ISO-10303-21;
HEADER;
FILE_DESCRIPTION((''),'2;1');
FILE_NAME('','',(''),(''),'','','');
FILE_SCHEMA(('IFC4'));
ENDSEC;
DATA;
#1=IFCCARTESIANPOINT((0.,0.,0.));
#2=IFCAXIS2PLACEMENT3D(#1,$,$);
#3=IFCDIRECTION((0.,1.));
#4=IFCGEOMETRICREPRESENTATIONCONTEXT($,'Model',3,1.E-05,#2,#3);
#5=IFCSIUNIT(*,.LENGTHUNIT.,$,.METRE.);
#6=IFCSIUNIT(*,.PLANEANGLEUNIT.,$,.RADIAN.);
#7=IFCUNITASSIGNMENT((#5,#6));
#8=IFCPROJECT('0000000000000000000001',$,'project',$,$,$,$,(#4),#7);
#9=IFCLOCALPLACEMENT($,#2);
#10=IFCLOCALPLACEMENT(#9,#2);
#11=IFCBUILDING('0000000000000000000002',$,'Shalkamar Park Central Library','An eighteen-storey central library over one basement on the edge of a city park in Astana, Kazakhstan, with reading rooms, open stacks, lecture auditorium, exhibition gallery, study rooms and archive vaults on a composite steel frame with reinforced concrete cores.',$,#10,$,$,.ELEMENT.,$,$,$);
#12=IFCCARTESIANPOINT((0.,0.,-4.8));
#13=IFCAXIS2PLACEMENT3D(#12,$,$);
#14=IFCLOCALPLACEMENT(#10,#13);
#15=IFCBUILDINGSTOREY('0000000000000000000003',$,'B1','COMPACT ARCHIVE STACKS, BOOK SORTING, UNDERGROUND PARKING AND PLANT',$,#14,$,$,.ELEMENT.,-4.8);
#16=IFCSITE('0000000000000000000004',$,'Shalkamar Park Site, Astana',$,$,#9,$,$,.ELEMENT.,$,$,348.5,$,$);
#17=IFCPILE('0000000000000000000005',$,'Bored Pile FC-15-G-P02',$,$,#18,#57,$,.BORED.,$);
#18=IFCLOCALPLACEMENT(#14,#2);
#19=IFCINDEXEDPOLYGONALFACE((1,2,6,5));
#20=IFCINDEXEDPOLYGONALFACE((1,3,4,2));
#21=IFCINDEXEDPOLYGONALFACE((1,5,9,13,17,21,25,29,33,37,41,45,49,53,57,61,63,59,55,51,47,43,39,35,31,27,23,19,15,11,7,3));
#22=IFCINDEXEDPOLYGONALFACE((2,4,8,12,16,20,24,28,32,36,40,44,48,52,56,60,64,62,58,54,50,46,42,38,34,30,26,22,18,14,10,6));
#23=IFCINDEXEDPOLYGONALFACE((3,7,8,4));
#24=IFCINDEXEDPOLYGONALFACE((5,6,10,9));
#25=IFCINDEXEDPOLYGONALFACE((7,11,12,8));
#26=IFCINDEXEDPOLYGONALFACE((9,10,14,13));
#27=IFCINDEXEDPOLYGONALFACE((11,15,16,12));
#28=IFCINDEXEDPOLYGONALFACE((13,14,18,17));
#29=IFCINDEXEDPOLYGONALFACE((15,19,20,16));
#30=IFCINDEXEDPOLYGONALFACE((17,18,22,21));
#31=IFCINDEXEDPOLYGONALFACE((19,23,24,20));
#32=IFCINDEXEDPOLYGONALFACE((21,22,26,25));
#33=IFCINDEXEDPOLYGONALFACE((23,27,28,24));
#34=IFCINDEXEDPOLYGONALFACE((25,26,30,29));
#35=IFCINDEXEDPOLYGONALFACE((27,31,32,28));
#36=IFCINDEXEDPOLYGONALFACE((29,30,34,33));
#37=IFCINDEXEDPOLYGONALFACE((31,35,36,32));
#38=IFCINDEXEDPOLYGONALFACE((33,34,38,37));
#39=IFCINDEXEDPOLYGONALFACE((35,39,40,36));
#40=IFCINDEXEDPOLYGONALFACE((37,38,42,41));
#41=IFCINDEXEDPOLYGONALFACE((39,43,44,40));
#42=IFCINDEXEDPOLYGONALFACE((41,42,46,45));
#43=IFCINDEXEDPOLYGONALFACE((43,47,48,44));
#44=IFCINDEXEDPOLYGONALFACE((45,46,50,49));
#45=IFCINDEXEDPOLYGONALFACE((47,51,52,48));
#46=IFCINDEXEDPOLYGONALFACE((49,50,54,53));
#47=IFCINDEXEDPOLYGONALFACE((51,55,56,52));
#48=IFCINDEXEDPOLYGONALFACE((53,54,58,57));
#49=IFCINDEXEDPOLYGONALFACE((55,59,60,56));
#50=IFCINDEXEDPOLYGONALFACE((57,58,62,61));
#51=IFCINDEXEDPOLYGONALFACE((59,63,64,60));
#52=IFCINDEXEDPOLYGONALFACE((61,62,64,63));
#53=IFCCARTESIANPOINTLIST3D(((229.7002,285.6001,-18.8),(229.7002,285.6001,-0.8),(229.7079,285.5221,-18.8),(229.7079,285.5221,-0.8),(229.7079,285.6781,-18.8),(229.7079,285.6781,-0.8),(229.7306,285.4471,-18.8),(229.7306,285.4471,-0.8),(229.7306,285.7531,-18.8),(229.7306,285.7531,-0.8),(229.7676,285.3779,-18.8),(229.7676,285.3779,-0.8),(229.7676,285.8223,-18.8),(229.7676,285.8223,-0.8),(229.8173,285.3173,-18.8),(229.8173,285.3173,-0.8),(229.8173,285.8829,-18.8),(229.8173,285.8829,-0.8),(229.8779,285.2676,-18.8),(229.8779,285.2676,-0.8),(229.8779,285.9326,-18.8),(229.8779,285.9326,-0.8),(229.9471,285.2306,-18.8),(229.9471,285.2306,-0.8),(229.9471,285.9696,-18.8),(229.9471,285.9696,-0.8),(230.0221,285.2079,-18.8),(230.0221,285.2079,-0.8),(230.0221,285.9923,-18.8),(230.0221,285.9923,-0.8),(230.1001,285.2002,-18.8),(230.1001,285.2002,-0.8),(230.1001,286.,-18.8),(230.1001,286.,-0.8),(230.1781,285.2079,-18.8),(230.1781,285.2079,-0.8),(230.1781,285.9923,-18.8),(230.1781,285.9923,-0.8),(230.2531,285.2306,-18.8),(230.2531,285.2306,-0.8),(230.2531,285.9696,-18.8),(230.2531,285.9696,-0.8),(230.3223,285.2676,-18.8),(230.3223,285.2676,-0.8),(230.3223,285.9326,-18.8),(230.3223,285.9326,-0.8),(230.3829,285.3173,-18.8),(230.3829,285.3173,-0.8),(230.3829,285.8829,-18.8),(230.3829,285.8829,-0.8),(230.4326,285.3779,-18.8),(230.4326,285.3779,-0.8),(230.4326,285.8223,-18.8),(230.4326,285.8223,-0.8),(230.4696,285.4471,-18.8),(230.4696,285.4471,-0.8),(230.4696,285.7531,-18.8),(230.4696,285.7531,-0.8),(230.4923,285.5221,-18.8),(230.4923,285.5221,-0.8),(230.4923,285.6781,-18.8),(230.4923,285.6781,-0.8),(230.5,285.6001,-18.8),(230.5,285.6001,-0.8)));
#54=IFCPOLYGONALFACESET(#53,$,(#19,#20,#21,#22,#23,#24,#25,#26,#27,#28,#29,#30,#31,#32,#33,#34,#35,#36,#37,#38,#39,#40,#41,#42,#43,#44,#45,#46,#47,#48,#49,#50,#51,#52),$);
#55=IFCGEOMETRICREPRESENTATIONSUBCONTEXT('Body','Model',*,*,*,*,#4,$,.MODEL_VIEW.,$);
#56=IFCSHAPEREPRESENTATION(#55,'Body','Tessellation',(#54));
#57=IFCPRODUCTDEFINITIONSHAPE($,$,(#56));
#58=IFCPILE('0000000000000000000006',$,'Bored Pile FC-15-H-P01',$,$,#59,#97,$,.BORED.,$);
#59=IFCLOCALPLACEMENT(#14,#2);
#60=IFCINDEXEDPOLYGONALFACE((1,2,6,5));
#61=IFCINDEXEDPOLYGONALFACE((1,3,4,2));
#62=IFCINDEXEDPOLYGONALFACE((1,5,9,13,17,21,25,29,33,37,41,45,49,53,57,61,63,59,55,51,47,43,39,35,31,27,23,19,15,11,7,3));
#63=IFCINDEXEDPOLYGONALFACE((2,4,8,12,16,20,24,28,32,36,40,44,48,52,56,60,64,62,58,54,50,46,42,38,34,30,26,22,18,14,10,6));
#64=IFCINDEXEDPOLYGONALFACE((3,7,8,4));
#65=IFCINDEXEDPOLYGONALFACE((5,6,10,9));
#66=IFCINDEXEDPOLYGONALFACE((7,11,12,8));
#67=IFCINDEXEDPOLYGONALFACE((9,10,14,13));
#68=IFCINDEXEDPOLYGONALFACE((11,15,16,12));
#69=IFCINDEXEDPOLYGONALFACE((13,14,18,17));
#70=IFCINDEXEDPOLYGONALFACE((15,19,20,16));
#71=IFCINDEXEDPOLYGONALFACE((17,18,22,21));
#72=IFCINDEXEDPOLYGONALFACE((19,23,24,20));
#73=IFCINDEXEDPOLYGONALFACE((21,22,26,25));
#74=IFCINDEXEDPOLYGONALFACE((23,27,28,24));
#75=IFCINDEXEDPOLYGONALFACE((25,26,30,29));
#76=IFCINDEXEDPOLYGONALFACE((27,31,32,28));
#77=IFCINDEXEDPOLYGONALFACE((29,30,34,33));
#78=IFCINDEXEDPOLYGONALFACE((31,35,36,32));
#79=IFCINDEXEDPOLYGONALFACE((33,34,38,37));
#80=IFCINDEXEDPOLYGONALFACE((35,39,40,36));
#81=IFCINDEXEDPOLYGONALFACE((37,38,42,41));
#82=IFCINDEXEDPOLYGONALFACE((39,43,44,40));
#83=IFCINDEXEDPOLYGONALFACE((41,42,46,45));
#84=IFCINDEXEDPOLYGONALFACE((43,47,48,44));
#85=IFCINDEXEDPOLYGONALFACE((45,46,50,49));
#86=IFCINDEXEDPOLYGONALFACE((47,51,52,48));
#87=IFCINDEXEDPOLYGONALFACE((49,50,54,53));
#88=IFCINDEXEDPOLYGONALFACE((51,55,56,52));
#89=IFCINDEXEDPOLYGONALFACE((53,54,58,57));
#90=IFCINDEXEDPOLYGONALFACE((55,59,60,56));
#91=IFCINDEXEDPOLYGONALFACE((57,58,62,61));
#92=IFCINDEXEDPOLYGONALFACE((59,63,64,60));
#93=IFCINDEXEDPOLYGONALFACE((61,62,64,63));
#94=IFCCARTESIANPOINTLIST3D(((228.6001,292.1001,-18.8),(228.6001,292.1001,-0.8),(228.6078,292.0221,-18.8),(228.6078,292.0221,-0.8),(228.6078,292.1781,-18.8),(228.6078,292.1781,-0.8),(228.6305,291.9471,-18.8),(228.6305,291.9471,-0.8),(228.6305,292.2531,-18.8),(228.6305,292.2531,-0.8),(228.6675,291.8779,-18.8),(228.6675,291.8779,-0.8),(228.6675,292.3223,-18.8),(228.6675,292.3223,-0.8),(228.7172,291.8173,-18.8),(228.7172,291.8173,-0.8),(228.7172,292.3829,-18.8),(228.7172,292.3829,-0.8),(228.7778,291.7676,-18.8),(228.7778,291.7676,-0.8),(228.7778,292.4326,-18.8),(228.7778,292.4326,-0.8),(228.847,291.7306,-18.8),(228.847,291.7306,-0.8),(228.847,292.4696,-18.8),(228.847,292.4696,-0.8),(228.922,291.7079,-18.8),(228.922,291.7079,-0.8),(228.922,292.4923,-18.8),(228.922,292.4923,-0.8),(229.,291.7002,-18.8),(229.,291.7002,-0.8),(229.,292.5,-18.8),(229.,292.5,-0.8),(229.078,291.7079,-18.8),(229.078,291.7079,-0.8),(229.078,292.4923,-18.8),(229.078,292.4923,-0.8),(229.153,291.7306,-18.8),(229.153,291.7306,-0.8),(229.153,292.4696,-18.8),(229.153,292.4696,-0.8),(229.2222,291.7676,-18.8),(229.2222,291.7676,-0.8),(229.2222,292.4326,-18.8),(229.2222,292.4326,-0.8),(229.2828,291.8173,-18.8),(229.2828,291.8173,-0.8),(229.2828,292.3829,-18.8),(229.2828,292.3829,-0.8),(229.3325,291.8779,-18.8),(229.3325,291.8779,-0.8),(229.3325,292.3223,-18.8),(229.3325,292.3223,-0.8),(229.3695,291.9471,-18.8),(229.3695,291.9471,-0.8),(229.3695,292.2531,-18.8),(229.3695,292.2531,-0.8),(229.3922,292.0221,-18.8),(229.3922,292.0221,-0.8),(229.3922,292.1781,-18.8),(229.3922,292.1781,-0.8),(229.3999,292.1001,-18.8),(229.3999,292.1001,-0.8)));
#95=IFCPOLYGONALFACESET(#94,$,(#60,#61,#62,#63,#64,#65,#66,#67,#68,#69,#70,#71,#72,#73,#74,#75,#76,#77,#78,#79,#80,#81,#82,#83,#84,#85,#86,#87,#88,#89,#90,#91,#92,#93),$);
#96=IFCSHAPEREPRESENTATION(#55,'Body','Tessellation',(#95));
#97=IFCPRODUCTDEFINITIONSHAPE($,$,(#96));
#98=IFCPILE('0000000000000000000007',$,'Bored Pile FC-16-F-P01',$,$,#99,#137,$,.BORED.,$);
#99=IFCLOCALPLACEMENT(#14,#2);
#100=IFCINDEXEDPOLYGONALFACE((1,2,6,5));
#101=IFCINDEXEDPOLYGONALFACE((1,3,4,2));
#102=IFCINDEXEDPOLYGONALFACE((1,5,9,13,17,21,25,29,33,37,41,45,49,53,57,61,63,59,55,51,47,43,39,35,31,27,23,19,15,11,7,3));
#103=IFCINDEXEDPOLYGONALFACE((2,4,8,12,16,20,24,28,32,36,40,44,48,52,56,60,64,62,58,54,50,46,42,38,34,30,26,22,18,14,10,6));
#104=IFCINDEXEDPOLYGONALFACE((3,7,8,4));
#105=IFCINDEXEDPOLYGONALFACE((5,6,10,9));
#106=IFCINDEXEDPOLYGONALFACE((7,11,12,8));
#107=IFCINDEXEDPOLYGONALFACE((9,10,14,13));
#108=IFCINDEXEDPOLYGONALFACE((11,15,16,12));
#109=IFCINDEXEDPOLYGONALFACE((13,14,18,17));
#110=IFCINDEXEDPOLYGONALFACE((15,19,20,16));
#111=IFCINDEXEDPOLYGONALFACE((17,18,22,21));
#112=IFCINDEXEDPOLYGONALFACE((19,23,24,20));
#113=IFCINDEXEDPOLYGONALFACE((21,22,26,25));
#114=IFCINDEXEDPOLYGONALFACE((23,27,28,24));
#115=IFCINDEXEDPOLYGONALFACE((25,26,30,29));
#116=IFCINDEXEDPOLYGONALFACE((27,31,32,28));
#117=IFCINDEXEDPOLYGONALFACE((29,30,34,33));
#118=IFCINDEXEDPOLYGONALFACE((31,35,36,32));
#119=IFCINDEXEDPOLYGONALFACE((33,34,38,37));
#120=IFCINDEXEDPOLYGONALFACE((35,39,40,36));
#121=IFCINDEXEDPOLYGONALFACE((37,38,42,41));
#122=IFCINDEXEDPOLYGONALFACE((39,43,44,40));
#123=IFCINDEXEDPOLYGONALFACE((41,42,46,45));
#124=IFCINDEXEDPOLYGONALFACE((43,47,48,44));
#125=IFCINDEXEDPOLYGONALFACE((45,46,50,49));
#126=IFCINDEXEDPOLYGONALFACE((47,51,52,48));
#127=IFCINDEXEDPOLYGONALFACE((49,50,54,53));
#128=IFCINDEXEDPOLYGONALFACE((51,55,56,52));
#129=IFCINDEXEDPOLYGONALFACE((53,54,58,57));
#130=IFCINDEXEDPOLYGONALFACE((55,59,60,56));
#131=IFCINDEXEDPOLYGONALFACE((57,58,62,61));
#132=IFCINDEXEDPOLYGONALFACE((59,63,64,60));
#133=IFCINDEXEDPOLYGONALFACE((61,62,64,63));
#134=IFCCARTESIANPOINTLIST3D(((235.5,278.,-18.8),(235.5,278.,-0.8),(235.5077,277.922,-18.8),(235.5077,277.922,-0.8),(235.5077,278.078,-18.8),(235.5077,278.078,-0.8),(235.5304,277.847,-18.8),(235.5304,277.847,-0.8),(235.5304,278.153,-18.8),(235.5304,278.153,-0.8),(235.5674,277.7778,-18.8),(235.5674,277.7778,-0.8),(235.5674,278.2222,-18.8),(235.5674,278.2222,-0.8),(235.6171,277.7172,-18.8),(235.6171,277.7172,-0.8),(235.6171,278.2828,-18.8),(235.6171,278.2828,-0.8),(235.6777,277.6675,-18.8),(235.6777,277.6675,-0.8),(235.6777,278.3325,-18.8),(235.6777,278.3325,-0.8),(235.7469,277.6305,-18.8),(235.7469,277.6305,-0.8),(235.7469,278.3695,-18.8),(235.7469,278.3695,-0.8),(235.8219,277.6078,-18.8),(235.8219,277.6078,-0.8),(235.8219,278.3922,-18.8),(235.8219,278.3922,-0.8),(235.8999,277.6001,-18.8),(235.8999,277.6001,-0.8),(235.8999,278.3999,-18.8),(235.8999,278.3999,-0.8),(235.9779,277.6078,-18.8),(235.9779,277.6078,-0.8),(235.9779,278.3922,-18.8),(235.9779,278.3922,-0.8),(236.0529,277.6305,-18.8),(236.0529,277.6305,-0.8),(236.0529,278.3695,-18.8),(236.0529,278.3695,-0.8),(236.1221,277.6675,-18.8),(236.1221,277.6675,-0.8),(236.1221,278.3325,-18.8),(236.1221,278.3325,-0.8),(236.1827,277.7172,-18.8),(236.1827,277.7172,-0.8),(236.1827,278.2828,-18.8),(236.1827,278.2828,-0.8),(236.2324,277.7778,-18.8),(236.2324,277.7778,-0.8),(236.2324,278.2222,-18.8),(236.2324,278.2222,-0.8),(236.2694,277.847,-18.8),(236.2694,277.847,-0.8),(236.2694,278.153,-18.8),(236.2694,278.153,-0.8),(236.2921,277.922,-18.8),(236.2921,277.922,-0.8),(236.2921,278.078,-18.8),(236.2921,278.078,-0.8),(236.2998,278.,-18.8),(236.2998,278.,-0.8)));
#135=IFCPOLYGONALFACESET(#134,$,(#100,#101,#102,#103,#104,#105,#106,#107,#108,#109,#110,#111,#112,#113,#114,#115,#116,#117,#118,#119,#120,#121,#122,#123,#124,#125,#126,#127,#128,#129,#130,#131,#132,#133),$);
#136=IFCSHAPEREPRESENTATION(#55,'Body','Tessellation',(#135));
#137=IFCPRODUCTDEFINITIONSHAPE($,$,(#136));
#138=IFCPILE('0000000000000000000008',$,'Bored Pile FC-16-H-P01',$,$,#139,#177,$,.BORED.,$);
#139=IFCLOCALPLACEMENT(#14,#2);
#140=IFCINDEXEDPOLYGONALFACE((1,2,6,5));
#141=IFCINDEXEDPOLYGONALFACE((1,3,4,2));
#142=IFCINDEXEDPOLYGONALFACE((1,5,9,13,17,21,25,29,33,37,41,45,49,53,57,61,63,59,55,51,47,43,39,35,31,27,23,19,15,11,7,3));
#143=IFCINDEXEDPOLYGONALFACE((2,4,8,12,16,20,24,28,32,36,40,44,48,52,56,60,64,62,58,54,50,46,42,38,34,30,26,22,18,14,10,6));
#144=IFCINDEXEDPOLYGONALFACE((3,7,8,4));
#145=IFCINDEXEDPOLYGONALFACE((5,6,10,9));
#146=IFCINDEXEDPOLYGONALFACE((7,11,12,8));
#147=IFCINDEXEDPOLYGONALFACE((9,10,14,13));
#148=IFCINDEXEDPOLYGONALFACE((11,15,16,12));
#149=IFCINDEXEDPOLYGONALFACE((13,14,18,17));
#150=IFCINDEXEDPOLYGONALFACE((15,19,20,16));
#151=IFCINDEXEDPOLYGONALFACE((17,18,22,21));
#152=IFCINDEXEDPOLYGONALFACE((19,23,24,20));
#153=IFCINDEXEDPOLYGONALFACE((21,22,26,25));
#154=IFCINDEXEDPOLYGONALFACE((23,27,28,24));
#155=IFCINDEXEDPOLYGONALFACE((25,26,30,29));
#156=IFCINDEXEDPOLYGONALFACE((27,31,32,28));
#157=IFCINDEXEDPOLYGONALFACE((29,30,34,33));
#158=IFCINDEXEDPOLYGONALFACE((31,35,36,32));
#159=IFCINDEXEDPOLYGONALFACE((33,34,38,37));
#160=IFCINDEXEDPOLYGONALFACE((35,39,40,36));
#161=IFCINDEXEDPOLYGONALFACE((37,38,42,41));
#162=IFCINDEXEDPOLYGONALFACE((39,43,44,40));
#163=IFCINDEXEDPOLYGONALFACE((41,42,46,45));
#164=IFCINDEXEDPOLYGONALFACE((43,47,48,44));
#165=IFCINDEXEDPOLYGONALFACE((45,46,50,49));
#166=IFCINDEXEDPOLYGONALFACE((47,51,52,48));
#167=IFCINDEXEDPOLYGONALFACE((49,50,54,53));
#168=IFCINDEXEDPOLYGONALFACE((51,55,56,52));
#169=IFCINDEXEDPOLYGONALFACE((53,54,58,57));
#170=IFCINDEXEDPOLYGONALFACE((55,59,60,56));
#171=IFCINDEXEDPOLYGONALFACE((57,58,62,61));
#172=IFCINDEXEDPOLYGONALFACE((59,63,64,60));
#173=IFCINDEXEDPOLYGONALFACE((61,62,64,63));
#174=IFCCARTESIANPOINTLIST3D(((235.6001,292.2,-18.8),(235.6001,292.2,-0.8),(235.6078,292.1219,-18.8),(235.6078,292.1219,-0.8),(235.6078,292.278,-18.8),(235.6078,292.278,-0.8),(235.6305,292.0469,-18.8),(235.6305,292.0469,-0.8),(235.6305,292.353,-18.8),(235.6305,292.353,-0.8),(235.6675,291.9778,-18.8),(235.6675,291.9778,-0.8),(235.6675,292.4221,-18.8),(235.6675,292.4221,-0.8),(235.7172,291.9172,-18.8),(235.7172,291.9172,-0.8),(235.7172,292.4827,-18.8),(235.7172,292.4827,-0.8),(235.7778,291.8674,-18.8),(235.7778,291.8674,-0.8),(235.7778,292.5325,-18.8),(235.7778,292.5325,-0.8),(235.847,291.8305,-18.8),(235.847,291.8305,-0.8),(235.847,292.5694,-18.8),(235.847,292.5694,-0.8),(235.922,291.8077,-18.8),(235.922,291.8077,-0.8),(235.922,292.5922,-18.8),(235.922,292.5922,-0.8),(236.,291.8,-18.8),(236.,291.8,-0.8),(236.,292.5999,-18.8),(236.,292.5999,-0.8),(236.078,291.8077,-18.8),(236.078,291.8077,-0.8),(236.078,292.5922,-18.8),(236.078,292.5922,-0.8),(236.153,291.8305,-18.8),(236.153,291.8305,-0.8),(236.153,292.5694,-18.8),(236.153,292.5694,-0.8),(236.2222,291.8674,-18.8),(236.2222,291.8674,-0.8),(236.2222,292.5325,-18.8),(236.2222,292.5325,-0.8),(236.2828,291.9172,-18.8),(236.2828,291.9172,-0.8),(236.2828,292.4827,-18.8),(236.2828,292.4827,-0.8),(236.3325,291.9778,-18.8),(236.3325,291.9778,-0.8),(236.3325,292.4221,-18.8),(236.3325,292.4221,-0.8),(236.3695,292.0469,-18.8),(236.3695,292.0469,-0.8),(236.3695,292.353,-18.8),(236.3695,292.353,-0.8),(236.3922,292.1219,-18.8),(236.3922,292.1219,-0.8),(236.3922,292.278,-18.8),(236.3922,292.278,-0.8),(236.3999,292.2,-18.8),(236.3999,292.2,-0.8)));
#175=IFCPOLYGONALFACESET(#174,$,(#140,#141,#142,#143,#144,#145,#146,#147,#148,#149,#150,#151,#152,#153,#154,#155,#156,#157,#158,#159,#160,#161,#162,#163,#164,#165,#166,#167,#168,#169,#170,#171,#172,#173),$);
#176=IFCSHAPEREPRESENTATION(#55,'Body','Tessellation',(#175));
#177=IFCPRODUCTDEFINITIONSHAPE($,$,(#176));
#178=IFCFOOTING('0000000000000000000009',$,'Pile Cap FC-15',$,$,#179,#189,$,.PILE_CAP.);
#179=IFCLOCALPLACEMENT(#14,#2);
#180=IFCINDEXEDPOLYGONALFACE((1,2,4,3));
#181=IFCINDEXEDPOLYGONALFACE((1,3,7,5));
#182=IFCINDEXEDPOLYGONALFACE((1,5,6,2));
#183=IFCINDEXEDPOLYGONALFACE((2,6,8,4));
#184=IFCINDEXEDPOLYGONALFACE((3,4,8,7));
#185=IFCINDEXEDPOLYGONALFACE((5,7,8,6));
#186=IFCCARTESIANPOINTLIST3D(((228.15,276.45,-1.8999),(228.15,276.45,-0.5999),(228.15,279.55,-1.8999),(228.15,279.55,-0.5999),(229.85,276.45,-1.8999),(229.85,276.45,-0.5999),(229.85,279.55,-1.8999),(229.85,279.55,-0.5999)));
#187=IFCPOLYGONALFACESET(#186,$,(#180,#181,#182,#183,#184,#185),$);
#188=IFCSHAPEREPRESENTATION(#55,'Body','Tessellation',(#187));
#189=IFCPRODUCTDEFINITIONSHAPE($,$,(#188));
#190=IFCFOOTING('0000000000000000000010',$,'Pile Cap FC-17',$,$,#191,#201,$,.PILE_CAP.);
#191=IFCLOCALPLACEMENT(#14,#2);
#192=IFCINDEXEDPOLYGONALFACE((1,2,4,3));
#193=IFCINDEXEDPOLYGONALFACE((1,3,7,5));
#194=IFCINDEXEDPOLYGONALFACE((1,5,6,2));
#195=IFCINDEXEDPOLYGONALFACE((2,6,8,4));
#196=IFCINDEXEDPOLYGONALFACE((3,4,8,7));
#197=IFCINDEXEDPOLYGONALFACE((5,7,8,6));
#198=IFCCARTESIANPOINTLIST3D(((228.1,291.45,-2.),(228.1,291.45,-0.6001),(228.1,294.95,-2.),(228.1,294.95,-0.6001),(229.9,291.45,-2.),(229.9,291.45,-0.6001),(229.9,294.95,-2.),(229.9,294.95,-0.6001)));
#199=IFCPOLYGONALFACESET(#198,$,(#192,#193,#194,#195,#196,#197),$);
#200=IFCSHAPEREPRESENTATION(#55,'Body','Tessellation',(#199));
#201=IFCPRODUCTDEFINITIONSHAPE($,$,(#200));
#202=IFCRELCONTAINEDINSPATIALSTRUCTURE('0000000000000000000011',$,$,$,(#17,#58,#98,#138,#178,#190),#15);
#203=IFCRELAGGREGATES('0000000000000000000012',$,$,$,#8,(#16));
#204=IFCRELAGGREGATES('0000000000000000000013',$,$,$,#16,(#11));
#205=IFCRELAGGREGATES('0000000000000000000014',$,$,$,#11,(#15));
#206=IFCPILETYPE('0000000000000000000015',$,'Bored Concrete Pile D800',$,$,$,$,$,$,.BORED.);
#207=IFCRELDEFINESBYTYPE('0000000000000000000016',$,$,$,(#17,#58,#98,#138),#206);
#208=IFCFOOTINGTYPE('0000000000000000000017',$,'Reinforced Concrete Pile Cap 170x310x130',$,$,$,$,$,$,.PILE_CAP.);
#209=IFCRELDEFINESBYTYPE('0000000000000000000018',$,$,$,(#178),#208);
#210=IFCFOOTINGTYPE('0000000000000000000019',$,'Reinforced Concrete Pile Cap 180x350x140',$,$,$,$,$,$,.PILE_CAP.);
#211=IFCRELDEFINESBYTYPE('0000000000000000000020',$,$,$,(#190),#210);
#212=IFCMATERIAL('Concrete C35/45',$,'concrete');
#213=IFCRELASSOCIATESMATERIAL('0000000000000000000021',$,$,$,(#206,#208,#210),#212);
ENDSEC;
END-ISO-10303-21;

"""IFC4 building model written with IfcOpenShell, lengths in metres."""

from ifc_helpers import new_model, si_unit, direction, frame, origin, origin_2d, place, context, subcontext, project, spatial, rectangle, circle, extrude, material, material_profile, profile_set, type_object, element, save


model = new_model("IFC4")

# Units and contexts
model_context = context("Model", 3, precision=1e-05, world=origin(), true_north=direction((0.0, 1.0)))
body_context = subcontext(model_context, "Body", "Model", "MODEL_VIEW")
ifc_project = project(units=[si_unit("LENGTHUNIT", "METRE"), si_unit("PLANEANGLEUNIT", "RADIAN")], contexts=[model_context])

# Site, building, storey
site_placement = place(None, origin())
site = spatial("IfcSite", under=ifc_project, at=site_placement, Name="Shalkamar Park Site, Astana", CompositionType="ELEMENT", RefElevation=348.5)
building_placement = place(site_placement, origin())
building = spatial("IfcBuilding", under=site, at=building_placement, Name="Shalkamar Park Central Library", Description="An eighteen-storey central library over one basement on the edge of a city park in Astana, Kazakhstan, with reading rooms, open stacks, lecture auditorium, exhibition gallery, study rooms and archive vaults on a composite steel frame with reinforced concrete cores.", CompositionType="ELEMENT")
storey_placement = place(building_placement, frame((0.0, 0.0, -4.8)))
storey = spatial("IfcBuildingStorey", under=building, at=storey_placement, Name="B1", Description="COMPACT ARCHIVE STACKS, BOOK SORTING, UNDERGROUND PARKING AND PLANT", CompositionType="ELEMENT", Elevation=-4.8)

# Piles
ifc_material_1 = material(Name="Concrete C35/45", Category="concrete")
ifc_material_profile_1 = material_profile(ifc_material_1, circle(Radius=0.3999, at=origin_2d()), Name="PILE D800")
ifc_profile_set_1 = profile_set([ifc_material_profile_1], Name="Concrete C35/45")
pile_type_1 = type_object("IfcPileType", Name="Bored Concrete Pile D800", PredefinedType="BORED", material=ifc_profile_set_1)
for number, where, z_axis, x_axis, name in (
    (1, (230.1001, 285.6001, -0.8), (0.0, 0.0, -1.0), (1.0, 0.0, 0.0), "Bored Pile FC-15-G-P02"),
    (2, (229.0, 292.1001, -0.8), (0.0, 0.0, -1.0), (1.0, 0.0, 0.0), "Bored Pile FC-15-H-P01"),
    (3, (235.8999, 278.0, -0.8), (0.0, 0.0, -1.0), (1.0, 0.0, 0.0), "Bored Pile FC-16-F-P01"),
    (4, (236.0, 292.2, -0.8), (0.0, 0.0, -1.0), (1.0, 0.0, 0.0), "Bored Pile FC-16-H-P01"),
):
    element("IfcPile", number, at=place(storey_placement, frame(where, z_axis=z_axis, x_axis=x_axis)), inside=storey, type_object=pile_type_1, Name=name, PredefinedType="BORED", context=body_context, shape_type="SweptSolid", body=[
        extrude(circle(Radius=0.3999, at=origin_2d()), origin(), (0.0, 0.0, 1.0), 18.0),
    ])

# Footings
footing_type_1 = type_object("IfcFootingType", Name="Reinforced Concrete Pile Cap 170x310x130", PredefinedType="PILE_CAP", material=ifc_material_1)
footing_1_placement = place(storey_placement, frame((229.0, 278.0, -1.8999), z_axis=(0.0, 0.0, 1.0), x_axis=(1.0, 0.0, 0.0)))
element("IfcFooting", 5, at=footing_1_placement, inside=storey, type_object=footing_type_1, Name="Pile Cap FC-15", PredefinedType="PILE_CAP", context=body_context, shape_type="SweptSolid", body=[
    extrude(rectangle(XDim=1.7, YDim=3.1001, at=origin_2d()), origin(), (0.0, 0.0, 1.0), 1.3),
])
footing_type_2 = type_object("IfcFootingType", Name="Reinforced Concrete Pile Cap 180x350x140", PredefinedType="PILE_CAP", material=ifc_material_1)
footing_2_placement = place(storey_placement, frame((229.0, 293.2, -2.0), z_axis=(0.0, 0.0, 1.0), x_axis=(1.0, 0.0, 0.0)))
element("IfcFooting", 6, at=footing_2_placement, inside=storey, type_object=footing_type_2, Name="Pile Cap FC-17", PredefinedType="PILE_CAP", context=body_context, shape_type="SweptSolid", body=[
    extrude(rectangle(XDim=1.8, YDim=3.5, at=origin_2d()), origin(), (0.0, 0.0, 1.0), 1.3999),
])

save(model, "model.ifc")
